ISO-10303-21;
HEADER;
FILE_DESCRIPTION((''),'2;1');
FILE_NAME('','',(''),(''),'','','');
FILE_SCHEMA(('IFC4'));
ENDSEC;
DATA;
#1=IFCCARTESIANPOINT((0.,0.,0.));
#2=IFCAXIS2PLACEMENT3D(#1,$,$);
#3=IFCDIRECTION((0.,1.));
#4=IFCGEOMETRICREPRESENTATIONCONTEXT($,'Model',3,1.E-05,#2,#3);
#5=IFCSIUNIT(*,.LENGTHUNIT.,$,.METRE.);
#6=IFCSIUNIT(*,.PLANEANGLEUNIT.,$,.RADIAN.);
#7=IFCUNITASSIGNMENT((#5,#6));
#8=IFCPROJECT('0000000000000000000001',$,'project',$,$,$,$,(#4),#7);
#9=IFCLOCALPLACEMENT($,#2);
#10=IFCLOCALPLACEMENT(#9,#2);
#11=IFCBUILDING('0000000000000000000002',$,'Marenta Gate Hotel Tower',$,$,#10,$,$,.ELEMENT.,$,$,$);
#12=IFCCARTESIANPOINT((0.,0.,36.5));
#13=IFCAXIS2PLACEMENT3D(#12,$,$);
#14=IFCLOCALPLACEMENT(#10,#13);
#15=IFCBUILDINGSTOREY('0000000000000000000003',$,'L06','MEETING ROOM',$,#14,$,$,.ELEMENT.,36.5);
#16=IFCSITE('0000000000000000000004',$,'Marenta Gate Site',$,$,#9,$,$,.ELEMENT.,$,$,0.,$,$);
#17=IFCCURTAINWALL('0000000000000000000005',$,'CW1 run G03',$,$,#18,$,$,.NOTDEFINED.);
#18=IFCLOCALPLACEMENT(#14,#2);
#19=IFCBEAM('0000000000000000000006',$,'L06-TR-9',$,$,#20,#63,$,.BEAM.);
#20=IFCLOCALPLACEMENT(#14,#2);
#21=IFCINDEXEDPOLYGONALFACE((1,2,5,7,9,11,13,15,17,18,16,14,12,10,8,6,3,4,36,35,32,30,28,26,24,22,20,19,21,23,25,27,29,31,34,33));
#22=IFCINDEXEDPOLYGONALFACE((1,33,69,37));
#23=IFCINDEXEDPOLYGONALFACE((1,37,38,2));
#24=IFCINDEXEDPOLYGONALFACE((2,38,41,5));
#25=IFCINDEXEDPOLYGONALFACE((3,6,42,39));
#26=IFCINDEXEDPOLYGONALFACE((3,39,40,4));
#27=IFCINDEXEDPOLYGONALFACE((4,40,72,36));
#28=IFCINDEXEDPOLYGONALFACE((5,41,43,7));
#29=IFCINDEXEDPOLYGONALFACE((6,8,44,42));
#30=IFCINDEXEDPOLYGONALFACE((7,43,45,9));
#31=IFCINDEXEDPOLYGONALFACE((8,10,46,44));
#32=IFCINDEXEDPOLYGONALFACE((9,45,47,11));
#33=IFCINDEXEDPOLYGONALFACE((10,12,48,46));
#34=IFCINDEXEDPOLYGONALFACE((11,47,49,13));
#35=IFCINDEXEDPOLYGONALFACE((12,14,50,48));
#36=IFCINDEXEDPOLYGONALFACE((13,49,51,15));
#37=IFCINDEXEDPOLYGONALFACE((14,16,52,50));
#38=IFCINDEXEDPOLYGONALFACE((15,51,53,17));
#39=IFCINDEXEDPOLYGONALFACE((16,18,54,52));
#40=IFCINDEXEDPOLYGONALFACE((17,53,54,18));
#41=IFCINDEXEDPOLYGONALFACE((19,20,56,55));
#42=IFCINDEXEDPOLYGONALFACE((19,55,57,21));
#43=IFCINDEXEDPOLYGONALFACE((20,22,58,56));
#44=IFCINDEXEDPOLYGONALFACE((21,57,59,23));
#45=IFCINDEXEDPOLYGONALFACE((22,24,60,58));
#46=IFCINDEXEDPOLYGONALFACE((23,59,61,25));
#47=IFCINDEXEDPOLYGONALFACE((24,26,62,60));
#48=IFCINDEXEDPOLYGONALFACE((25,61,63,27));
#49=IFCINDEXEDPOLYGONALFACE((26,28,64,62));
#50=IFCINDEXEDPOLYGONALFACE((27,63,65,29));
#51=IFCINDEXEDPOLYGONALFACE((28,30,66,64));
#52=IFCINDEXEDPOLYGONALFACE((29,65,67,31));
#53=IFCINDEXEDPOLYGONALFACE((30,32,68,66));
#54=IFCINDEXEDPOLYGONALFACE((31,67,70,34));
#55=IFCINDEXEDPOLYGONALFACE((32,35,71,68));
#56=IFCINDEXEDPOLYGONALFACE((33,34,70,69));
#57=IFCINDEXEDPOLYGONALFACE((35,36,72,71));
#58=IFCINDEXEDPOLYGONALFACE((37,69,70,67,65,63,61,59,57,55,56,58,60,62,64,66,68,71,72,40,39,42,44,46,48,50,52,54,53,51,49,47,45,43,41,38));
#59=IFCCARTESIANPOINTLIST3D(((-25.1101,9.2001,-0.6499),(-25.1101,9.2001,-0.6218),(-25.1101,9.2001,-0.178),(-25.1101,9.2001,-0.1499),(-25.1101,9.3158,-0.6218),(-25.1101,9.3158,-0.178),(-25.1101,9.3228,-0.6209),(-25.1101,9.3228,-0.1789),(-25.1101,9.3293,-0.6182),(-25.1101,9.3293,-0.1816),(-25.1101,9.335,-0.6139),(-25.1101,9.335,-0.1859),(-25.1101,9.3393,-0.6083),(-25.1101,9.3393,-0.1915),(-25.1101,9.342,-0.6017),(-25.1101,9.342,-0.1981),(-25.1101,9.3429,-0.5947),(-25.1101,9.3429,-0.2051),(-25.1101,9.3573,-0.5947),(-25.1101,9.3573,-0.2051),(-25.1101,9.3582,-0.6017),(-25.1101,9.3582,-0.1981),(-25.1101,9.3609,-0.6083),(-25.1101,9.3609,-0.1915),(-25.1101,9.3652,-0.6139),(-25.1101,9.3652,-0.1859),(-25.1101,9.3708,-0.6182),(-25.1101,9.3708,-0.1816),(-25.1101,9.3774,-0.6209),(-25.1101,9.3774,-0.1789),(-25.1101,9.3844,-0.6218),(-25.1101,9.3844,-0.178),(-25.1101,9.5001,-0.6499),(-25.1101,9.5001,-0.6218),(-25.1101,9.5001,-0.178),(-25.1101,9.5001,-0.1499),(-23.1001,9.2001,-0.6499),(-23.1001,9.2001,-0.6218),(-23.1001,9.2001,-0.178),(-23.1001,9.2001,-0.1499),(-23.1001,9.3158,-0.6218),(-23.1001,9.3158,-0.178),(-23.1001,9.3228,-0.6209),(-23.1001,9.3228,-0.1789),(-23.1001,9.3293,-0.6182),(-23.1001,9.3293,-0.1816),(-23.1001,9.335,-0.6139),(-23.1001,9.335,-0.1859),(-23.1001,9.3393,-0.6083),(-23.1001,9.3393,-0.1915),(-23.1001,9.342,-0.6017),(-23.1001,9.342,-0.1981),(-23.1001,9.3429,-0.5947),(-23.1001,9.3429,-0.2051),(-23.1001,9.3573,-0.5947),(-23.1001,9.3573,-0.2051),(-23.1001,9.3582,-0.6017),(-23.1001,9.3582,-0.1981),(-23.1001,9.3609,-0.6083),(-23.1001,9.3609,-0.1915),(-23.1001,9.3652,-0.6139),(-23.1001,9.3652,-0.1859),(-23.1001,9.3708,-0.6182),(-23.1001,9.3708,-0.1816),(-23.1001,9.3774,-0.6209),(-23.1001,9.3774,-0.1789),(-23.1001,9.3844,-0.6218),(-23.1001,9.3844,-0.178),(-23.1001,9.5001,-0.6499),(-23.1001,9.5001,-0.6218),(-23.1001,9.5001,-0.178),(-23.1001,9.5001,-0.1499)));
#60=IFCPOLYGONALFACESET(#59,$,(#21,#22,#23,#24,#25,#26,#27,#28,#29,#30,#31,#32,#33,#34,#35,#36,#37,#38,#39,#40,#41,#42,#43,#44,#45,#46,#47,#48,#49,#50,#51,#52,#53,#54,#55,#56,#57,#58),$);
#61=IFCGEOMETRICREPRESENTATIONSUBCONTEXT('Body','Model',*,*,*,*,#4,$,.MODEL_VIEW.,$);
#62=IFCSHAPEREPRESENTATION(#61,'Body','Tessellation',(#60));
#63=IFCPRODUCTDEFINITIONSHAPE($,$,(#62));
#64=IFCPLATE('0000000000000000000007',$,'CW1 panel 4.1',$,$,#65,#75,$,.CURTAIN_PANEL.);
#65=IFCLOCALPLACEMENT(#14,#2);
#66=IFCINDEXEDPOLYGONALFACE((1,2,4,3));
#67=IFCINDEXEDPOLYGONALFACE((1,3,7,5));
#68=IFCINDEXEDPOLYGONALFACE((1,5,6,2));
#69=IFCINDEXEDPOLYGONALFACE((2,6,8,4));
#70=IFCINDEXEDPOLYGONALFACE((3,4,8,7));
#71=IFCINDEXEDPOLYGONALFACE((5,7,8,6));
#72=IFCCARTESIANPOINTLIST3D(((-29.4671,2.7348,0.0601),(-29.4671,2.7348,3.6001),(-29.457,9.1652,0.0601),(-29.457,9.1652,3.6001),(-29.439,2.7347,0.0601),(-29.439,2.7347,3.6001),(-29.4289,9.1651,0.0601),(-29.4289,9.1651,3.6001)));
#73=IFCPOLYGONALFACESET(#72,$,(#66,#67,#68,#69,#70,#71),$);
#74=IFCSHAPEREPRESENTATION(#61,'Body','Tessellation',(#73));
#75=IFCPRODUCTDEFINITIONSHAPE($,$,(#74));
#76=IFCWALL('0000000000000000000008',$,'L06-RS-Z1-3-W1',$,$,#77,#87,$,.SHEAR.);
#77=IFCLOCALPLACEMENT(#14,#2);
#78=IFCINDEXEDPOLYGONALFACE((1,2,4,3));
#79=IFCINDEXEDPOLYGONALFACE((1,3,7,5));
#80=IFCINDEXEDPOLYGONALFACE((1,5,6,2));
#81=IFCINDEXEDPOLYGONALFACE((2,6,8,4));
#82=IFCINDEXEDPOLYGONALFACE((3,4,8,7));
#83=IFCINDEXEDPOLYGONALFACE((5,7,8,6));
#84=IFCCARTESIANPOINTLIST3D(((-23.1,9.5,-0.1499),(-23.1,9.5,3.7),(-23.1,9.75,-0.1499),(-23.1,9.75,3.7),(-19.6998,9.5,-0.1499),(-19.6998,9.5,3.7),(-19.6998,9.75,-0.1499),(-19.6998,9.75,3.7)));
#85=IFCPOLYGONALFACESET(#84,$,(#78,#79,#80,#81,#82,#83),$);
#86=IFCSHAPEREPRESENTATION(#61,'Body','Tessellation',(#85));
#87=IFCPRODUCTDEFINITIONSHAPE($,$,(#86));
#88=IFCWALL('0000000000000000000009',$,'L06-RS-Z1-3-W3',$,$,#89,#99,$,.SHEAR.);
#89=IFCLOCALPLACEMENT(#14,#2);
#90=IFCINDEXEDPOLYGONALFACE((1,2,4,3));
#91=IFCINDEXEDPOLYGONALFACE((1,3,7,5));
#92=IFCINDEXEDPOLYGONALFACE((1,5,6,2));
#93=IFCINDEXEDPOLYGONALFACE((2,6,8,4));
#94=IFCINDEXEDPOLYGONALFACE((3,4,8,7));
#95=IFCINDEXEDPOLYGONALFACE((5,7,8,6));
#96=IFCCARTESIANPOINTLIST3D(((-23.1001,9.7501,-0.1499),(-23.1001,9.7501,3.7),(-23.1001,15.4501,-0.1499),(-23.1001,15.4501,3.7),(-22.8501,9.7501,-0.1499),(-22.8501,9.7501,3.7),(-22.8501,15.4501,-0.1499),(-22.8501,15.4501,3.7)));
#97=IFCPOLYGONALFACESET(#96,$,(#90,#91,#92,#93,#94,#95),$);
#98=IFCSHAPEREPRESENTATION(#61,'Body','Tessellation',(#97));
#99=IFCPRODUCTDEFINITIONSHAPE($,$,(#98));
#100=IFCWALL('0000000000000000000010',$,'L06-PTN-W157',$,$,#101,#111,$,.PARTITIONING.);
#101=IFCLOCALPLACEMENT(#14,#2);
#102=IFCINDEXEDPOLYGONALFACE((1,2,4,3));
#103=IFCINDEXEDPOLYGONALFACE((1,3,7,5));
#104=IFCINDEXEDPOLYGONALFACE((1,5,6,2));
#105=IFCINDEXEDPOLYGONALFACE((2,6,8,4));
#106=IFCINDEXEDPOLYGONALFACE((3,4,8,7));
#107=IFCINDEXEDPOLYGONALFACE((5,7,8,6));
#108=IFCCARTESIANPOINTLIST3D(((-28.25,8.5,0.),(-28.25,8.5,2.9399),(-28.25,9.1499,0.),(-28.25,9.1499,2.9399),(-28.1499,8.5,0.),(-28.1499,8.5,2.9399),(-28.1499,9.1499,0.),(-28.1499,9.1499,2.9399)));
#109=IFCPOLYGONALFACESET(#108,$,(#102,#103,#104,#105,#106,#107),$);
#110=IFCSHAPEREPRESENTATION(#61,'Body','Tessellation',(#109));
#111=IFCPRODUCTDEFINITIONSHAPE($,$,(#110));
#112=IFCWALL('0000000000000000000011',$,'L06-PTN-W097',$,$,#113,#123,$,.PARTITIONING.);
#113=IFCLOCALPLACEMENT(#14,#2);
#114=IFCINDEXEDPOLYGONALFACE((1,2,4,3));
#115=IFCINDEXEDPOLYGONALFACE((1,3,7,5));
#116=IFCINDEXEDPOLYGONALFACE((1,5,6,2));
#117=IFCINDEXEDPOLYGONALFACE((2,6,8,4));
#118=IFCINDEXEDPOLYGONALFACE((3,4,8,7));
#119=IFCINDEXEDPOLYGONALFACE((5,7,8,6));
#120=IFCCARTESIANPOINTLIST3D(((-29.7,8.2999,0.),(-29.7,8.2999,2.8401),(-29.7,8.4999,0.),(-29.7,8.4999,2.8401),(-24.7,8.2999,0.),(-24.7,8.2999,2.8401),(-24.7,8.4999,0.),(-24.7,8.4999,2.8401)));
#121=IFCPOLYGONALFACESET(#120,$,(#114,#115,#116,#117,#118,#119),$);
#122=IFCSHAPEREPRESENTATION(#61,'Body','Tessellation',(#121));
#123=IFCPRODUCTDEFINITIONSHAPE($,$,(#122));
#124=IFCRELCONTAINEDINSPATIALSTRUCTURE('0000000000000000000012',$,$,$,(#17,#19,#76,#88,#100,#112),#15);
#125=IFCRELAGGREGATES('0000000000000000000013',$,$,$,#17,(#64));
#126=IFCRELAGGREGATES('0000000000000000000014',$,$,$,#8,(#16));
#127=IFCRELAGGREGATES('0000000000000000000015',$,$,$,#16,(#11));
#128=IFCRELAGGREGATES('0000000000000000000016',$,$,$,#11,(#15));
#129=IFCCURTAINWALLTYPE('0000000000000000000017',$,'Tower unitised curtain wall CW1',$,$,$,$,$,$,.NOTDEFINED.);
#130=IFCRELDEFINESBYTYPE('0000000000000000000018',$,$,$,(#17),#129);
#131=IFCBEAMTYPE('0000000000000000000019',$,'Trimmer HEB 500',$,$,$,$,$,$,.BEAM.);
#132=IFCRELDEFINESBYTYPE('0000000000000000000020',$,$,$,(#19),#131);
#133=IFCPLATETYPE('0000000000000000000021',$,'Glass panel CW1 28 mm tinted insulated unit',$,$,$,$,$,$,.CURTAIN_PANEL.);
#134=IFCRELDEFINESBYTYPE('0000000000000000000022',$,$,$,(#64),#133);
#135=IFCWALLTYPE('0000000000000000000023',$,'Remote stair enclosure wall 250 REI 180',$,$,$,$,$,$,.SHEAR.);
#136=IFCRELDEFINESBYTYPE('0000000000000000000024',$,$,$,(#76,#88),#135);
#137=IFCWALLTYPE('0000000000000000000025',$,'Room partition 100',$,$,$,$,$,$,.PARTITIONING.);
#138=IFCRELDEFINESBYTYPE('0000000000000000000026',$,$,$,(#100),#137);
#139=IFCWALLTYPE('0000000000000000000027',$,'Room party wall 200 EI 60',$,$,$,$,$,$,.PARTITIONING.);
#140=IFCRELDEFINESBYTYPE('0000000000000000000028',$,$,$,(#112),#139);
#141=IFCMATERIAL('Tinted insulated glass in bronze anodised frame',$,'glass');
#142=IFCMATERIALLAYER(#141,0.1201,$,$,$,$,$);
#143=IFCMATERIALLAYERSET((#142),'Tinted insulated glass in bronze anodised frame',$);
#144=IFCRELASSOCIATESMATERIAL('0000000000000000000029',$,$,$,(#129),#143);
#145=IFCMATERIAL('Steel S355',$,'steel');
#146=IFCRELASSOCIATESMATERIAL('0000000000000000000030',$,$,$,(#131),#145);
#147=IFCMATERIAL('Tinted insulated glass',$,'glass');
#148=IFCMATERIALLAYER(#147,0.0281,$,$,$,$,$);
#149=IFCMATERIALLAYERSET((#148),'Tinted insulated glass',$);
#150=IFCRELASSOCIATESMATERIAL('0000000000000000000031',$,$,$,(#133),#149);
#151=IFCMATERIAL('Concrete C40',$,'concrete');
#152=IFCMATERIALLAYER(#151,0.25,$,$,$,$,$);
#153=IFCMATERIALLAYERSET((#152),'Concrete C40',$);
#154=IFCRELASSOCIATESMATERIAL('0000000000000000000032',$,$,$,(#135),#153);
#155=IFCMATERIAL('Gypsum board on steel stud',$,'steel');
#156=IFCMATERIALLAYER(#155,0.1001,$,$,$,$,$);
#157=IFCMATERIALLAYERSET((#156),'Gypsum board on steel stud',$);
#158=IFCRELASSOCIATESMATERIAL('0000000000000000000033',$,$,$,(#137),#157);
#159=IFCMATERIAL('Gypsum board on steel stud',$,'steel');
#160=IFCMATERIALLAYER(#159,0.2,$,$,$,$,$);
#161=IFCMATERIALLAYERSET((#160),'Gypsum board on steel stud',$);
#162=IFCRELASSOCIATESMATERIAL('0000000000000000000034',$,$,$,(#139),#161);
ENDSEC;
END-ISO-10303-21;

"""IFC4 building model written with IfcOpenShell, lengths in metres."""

from ifc_helpers import new_model, si_unit, direction, frame, frame_2d, origin, origin_2d, place, context, subcontext, project, spatial, rectangle, i_section, extrude, material, layer, layer_set, material_profile, profile_set, type_object, element, aggregate, save


model = new_model("IFC4")

# Units and contexts
model_context = context("Model", 3, precision=1e-05, world=origin(), true_north=direction((0.0, 1.0)))
body_context = subcontext(model_context, "Body", "Model", "MODEL_VIEW")
ifc_project = project(units=[si_unit("LENGTHUNIT", "METRE"), si_unit("PLANEANGLEUNIT", "RADIAN")], contexts=[model_context])

# Site, building, storey
site_placement = place(None, origin())
site = spatial("IfcSite", under=ifc_project, at=site_placement, Name="Marenta Gate Site", CompositionType="ELEMENT", RefElevation=0.0)
building_placement = place(site_placement, origin())
building = spatial("IfcBuilding", under=site, at=building_placement, Name="Marenta Gate Hotel Tower", CompositionType="ELEMENT")
storey_placement = place(building_placement, frame((0.0, 0.0, 36.5)))
storey = spatial("IfcBuildingStorey", under=building, at=storey_placement, Name="L06", Description="MEETING ROOM", CompositionType="ELEMENT", Elevation=36.5)

# Curtain wall
ifc_material_1 = material(Name="Tinted insulated glass in bronze anodised frame", Category="glass")
ifc_layer_1 = layer(ifc_material_1, 0.1201)
ifc_layer_set_1 = layer_set([ifc_layer_1], Name="Tinted insulated glass in bronze anodised frame")
curtain_wall_type = type_object("IfcCurtainWallType", Name="Tower unitised curtain wall CW1", PredefinedType="NOTDEFINED", material=ifc_layer_set_1)
curtain_wall_placement = place(storey_placement, origin())
curtain_wall = element("IfcCurtainWall", 1, at=curtain_wall_placement, inside=storey, type_object=curtain_wall_type, Name="CW1 run G03", PredefinedType="NOTDEFINED")

# Beam
ifc_material_2 = material(Name="Steel S355", Category="steel")
ifc_material_profile_1 = material_profile(ifc_material_2, i_section(OverallWidth=0.3, OverallDepth=0.5, WebThickness=0.0144, FlangeThickness=0.0281, FilletRadius=0.0271, at=origin_2d()), Name="HEB 500")
ifc_profile_set_1 = profile_set([ifc_material_profile_1], Name="Steel S355")
beam_type_1 = type_object("IfcBeamType", Name="Trimmer HEB 500", PredefinedType="BEAM", material=ifc_profile_set_1)
beam_1_placement = place(storey_placement, frame((-25.1101, 9.3501, -0.3999), z_axis=(1.0, 0.0, 0.0), x_axis=(0.0, 1.0, 0.0)))
element("IfcBeam", 2, at=beam_1_placement, inside=storey, type_object=beam_type_1, Name="L06-TR-9", PredefinedType="BEAM", context=body_context, shape_type="SweptSolid", body=[
    extrude(i_section(OverallWidth=0.3, OverallDepth=0.5, WebThickness=0.0144, FlangeThickness=0.0281, FilletRadius=0.0271, at=origin_2d()), origin(), (0.0, 0.0, 1.0), 2.01),
])

# Plate
ifc_material_3 = material(Name="Tinted insulated glass", Category="glass")
ifc_layer_2 = layer(ifc_material_3, 0.0281)
ifc_layer_set_2 = layer_set([ifc_layer_2], Name="Tinted insulated glass")
plate_type = type_object("IfcPlateType", Name="Glass panel CW1 28 mm tinted insulated unit", PredefinedType="CURTAIN_PANEL", material=ifc_layer_set_2)
plate_placement = place(storey_placement, frame((-29.448, 5.95, 0.0601), z_axis=(0.0, 0.0, 1.0), x_axis=(-0.001566, -0.999999, 0.0)))
plate = element("IfcPlate", 3, at=plate_placement, type_object=plate_type, Name="CW1 panel 4.1", PredefinedType="CURTAIN_PANEL", context=body_context, shape_type="SweptSolid", body=[
    extrude(rectangle(XDim=6.4304, YDim=0.0281, at=origin_2d()), origin(), (0.0, 0.0, 1.0), 3.54),
])
aggregate(curtain_wall, [plate])

# Walls
ifc_material_4 = material(Name="Concrete C40", Category="concrete")
ifc_layer_3 = layer(ifc_material_4, 0.25)
ifc_layer_set_3 = layer_set([ifc_layer_3], Name="Concrete C40")
wall_type_1 = type_object("IfcWallType", Name="Remote stair enclosure wall 250 REI 180", PredefinedType="SHEAR", material=ifc_layer_set_3)
wall_1_placement = place(storey_placement, frame((-23.1001, 9.625, -0.1499), z_axis=(0.0, 0.0, 1.0), x_axis=(1.0, 0.0, 0.0)))
element("IfcWall", 4, at=wall_1_placement, inside=storey, type_object=wall_type_1, Name="L06-RS-Z1-3-W1", PredefinedType="SHEAR", context=body_context, shape_type="SweptSolid", body=[
    extrude(rectangle(XDim=3.4001, YDim=0.25, at=frame_2d((1.7002, 0.0))), origin(), (0.0, 0.0, 1.0), 3.8499),
])
wall_2_placement = place(storey_placement, frame((-22.9751, 9.75, -0.1499), z_axis=(0.0, 0.0, 1.0), x_axis=(0.0, 1.0, 0.0)))
element("IfcWall", 5, at=wall_2_placement, inside=storey, type_object=wall_type_1, Name="L06-RS-Z1-3-W3", PredefinedType="SHEAR", context=body_context, shape_type="SweptSolid", body=[
    extrude(rectangle(XDim=5.7, YDim=0.25, at=frame_2d((2.8501, 0.0))), origin(), (0.0, 0.0, 1.0), 3.8499),
])

# Walls
ifc_material_5 = material(Name="Gypsum board on steel stud", Category="steel")
ifc_layer_4 = layer(ifc_material_5, 0.1001)
ifc_layer_set_4 = layer_set([ifc_layer_4], Name="Gypsum board on steel stud")
wall_type_2 = type_object("IfcWallType", Name="Room partition 100", PredefinedType="PARTITIONING", material=ifc_layer_set_4)
wall_3_placement = place(storey_placement, frame((-28.2, 8.5, 0.0), z_axis=(0.0, 0.0, 1.0), x_axis=(0.0, 1.0, 0.0)))
element("IfcWall", 6, at=wall_3_placement, inside=storey, type_object=wall_type_2, Name="L06-PTN-W157", PredefinedType="PARTITIONING", context=body_context, shape_type="SweptSolid", body=[
    extrude(rectangle(XDim=0.6499, YDim=0.1001, at=frame_2d((0.325, 0.0))), origin(), (0.0, 0.0, 1.0), 2.9399),
])
ifc_material_6 = material(Name="Gypsum board on steel stud", Category="steel")
ifc_layer_5 = layer(ifc_material_6, 0.2)
ifc_layer_set_5 = layer_set([ifc_layer_5], Name="Gypsum board on steel stud")
wall_type_3 = type_object("IfcWallType", Name="Room party wall 200 EI 60", PredefinedType="PARTITIONING", material=ifc_layer_set_5)
wall_4_placement = place(storey_placement, frame((-29.7, 8.3999, 0.0), z_axis=(0.0, 0.0, 1.0), x_axis=(1.0, 0.0, 0.0)))
element("IfcWall", 7, at=wall_4_placement, inside=storey, type_object=wall_type_3, Name="L06-PTN-W097", PredefinedType="PARTITIONING", context=body_context, shape_type="SweptSolid", body=[
    extrude(rectangle(XDim=5.0, YDim=0.2, at=frame_2d((2.5, 0.0))), origin(), (0.0, 0.0, 1.0), 2.8401),
])

save(model, "model.ifc")
